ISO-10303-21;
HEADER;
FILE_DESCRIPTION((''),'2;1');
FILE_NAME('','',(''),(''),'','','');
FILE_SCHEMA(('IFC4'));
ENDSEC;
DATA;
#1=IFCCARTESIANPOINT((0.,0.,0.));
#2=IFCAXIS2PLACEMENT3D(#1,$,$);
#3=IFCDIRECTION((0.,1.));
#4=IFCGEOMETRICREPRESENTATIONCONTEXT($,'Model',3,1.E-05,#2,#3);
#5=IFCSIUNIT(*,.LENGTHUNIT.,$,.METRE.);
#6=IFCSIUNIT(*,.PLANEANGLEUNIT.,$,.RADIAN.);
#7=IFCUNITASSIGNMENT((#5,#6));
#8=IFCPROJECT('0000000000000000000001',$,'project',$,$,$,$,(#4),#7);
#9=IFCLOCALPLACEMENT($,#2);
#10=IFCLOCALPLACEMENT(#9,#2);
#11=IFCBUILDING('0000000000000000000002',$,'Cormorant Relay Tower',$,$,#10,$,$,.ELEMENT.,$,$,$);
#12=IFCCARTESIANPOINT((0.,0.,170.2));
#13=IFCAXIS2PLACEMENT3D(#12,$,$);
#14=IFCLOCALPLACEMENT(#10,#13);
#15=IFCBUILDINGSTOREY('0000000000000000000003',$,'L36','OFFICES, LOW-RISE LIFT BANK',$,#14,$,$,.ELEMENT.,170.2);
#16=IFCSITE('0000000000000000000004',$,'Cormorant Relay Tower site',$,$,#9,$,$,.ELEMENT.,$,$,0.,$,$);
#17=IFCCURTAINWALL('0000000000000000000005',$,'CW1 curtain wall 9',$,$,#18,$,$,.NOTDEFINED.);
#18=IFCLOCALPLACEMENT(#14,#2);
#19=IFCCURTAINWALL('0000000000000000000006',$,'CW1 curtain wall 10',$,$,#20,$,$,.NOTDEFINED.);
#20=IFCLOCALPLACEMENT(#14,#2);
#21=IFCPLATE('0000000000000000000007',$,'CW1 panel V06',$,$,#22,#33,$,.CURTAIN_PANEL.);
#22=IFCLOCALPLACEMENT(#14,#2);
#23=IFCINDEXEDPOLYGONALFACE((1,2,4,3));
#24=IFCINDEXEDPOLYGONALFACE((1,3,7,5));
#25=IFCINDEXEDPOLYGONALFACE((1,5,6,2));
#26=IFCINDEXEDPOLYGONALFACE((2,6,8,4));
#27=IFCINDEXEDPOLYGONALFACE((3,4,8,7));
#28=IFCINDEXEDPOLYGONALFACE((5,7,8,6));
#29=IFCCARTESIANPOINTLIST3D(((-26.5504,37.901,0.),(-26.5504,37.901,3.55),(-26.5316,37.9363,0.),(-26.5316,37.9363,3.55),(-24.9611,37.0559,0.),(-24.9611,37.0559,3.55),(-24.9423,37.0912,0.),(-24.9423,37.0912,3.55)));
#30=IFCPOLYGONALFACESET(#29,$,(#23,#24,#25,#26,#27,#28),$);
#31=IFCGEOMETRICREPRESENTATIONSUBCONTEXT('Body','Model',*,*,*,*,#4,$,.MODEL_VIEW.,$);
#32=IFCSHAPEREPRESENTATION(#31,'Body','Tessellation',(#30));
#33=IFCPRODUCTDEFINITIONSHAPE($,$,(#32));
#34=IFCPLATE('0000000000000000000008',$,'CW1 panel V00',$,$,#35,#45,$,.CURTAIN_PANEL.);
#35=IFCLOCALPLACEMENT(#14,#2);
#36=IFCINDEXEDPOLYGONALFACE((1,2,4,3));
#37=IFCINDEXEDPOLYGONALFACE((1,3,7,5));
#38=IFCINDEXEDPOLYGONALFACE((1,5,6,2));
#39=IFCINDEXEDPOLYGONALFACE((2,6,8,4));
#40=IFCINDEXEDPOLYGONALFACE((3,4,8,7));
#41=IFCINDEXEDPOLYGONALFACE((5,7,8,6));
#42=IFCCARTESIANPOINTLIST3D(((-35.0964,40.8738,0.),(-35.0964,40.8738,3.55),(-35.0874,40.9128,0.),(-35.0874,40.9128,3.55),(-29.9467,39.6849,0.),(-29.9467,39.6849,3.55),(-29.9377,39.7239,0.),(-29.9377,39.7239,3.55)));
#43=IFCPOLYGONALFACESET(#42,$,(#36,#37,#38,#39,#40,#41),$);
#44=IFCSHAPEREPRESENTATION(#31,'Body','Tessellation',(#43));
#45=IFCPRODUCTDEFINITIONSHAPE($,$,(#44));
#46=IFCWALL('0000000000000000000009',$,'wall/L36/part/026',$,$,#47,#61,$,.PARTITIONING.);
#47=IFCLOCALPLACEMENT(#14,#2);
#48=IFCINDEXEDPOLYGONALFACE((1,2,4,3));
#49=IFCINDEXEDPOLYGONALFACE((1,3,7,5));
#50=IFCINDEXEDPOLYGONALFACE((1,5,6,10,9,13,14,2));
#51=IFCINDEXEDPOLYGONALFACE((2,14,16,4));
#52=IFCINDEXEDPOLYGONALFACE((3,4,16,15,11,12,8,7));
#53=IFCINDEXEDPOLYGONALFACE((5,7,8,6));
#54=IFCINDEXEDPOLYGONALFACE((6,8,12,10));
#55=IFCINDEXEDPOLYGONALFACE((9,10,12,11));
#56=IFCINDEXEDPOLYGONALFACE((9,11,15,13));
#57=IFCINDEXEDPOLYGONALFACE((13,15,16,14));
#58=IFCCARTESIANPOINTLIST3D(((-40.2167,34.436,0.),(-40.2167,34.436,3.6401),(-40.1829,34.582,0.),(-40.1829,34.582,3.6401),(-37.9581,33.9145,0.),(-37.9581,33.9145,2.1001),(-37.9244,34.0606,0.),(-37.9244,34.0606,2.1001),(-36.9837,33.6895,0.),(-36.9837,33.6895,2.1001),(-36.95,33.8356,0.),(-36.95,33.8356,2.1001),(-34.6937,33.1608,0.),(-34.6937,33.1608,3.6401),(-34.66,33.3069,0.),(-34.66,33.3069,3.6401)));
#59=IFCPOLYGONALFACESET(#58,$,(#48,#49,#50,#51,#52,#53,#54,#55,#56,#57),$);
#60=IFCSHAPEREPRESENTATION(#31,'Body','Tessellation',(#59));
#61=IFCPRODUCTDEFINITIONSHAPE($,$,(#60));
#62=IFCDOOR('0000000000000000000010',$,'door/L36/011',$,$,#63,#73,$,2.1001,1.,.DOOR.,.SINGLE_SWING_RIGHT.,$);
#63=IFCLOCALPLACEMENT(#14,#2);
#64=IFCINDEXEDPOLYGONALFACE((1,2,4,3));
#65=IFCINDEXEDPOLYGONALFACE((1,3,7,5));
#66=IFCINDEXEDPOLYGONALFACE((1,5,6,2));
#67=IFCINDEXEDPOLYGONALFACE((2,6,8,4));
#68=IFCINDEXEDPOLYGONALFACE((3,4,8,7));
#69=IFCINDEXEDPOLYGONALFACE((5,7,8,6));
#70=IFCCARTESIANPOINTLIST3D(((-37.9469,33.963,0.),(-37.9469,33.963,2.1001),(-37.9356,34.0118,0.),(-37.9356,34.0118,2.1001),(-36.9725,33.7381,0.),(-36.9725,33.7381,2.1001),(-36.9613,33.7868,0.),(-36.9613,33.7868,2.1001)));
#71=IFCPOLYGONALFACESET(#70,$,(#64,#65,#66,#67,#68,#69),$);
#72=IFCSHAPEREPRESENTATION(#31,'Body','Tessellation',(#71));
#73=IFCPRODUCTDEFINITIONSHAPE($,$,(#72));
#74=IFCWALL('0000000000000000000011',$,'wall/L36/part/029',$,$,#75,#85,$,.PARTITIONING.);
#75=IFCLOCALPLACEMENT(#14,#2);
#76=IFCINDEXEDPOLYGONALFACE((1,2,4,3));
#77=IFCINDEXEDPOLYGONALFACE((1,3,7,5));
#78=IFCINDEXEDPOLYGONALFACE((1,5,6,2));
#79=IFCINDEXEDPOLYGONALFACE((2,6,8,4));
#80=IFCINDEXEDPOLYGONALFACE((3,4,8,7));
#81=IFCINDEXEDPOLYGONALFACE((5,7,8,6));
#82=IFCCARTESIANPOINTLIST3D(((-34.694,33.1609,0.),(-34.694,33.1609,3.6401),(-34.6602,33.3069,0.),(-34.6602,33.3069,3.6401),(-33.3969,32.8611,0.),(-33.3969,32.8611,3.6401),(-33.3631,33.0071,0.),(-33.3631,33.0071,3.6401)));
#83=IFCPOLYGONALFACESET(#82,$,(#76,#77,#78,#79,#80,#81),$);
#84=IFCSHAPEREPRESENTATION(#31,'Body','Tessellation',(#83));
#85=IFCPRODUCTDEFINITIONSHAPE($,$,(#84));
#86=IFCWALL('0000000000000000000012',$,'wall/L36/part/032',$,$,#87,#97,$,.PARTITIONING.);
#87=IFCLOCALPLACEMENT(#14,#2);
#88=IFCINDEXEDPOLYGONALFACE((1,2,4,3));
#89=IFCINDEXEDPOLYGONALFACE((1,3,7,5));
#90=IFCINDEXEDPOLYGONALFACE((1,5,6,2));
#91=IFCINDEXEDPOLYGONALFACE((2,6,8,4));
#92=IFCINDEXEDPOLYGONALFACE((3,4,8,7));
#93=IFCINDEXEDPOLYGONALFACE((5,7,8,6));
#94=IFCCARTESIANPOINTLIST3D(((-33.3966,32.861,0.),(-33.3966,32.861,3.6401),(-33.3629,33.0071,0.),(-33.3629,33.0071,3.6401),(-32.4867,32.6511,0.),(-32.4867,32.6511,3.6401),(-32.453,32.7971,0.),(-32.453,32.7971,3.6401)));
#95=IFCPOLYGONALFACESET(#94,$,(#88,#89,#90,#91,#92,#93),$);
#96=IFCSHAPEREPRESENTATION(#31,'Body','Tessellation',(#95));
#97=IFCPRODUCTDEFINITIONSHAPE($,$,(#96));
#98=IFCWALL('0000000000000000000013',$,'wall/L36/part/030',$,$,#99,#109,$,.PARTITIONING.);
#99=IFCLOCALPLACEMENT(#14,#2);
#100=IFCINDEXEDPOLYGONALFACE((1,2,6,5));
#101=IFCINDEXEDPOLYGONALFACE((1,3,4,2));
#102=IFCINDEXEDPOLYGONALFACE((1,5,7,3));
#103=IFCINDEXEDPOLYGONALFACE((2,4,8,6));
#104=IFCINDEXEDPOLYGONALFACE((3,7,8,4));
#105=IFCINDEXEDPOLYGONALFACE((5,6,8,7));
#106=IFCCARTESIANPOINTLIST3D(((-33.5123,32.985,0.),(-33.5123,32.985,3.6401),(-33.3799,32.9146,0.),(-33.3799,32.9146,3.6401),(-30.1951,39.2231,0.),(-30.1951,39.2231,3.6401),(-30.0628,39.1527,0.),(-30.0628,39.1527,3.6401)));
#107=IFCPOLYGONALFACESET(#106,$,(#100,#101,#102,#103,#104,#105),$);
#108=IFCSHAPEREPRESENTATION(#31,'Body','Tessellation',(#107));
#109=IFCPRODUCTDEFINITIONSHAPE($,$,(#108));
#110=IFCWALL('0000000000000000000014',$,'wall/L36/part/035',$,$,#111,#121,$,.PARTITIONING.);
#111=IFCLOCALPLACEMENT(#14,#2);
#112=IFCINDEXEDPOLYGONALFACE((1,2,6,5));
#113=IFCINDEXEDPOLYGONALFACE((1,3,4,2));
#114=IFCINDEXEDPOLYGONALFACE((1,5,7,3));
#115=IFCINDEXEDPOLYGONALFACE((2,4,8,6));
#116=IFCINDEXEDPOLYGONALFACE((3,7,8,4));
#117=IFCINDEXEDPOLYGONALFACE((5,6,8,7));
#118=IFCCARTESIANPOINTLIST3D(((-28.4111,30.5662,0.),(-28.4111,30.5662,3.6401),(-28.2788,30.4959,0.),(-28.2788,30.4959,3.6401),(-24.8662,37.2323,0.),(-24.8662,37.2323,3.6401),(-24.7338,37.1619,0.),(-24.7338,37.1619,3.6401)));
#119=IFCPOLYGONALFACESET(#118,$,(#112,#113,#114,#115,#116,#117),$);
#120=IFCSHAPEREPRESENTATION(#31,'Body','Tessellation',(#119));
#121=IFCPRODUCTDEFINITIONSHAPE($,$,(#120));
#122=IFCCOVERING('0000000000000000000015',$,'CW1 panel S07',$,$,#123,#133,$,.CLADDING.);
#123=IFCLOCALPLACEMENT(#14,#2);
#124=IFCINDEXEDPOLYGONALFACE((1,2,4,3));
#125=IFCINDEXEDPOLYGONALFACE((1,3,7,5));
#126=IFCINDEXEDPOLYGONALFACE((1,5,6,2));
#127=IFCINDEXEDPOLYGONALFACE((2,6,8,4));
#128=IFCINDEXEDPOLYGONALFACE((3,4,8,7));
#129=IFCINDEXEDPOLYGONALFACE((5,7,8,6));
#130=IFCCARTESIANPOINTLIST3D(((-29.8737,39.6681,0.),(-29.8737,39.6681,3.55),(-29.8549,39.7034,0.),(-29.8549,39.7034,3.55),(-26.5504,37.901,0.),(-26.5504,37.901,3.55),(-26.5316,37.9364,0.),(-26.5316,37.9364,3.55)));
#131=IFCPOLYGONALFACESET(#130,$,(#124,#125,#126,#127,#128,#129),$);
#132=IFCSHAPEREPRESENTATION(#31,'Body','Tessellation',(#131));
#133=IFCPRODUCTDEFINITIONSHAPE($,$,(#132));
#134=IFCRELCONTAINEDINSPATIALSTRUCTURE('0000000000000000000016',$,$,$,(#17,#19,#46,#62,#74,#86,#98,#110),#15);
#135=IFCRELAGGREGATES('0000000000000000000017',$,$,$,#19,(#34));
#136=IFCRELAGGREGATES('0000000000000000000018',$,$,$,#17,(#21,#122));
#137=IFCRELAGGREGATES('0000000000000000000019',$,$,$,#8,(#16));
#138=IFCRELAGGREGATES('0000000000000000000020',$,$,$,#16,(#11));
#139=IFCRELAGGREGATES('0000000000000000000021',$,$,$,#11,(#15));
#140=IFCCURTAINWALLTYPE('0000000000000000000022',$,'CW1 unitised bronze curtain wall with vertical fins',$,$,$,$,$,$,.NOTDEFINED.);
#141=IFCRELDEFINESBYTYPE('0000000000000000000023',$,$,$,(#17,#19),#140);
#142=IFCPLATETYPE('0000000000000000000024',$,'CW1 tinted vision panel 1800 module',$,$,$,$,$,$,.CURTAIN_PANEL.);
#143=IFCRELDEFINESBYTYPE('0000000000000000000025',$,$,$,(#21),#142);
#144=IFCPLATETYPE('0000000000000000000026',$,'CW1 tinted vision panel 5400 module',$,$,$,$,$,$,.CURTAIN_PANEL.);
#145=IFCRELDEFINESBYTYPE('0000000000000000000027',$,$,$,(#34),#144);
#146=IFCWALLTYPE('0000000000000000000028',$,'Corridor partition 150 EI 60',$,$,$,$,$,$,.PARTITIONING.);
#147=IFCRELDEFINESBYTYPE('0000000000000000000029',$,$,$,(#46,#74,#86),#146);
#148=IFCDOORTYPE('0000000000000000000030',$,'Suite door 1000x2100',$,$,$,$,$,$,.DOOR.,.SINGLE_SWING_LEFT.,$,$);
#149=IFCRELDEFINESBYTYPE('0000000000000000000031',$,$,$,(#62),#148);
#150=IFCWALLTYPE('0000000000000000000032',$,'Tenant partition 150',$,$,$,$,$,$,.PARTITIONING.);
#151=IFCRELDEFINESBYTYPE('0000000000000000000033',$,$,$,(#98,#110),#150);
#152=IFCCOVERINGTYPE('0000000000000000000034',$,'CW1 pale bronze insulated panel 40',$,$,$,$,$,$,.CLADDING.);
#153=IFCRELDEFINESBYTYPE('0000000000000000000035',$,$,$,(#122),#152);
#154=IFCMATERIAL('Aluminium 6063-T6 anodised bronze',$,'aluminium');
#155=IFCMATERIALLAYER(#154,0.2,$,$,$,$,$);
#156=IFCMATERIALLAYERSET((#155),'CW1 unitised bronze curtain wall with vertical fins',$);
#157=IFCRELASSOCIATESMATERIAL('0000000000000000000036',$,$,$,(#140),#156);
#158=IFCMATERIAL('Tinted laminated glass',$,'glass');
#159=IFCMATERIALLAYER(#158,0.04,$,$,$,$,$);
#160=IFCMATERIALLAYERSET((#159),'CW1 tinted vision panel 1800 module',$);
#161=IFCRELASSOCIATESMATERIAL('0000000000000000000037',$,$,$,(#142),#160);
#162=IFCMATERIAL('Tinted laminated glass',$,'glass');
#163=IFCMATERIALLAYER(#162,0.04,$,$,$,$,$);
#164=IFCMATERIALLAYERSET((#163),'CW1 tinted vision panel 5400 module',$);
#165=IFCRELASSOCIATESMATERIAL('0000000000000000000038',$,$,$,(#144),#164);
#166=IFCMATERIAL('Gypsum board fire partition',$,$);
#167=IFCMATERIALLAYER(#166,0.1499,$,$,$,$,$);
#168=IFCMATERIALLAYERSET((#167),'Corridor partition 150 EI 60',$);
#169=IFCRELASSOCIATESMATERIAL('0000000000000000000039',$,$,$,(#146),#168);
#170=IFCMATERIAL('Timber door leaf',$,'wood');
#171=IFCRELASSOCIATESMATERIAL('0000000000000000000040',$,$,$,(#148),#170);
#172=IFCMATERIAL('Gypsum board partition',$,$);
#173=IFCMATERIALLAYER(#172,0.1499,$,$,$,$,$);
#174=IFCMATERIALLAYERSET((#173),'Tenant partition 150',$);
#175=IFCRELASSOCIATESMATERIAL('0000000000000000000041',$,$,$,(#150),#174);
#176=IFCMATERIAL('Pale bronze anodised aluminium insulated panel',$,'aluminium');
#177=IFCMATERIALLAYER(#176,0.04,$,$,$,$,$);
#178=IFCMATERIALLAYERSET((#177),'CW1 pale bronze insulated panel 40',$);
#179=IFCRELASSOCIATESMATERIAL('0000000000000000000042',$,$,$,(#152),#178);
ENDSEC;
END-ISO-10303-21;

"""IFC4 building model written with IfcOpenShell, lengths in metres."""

from ifc_helpers import new_model, si_unit, direction, frame, frame_2d, origin, origin_2d, place, context, subcontext, project, spatial, rectangle, extrude, material, layer, layer_set, type_object, element, fill, aggregate, save


model = new_model("IFC4")

# Units and contexts
model_context = context("Model", 3, precision=1e-05, world=origin(), true_north=direction((0.0, 1.0)))
body_context = subcontext(model_context, "Body", "Model", "MODEL_VIEW")
ifc_project = project(units=[si_unit("LENGTHUNIT", "METRE"), si_unit("PLANEANGLEUNIT", "RADIAN")], contexts=[model_context])

# Site, building, storey
site_placement = place(None, origin())
site = spatial("IfcSite", under=ifc_project, at=site_placement, Name="Cormorant Relay Tower site", CompositionType="ELEMENT", RefElevation=0.0)
building_placement = place(site_placement, origin())
building = spatial("IfcBuilding", under=site, at=building_placement, Name="Cormorant Relay Tower", CompositionType="ELEMENT")
storey_placement = place(building_placement, frame((0.0, 0.0, 170.2)))
storey = spatial("IfcBuildingStorey", under=building, at=storey_placement, Name="L36", Description="OFFICES, LOW-RISE LIFT BANK", CompositionType="ELEMENT", Elevation=170.2)

# Curtain wall
ifc_material_1 = material(Name="Aluminium 6063-T6 anodised bronze", Category="aluminium")
ifc_layer_1 = layer(ifc_material_1, 0.2)
ifc_layer_set_1 = layer_set([ifc_layer_1], Name="CW1 unitised bronze curtain wall with vertical fins")
curtain_wall_type = type_object("IfcCurtainWallType", Name="CW1 unitised bronze curtain wall with vertical fins", PredefinedType="NOTDEFINED", material=ifc_layer_set_1)
curtain_wall_1_placement = place(storey_placement, origin())
curtain_wall_1 = element("IfcCurtainWall", 1, at=curtain_wall_1_placement, inside=storey, type_object=curtain_wall_type, Name="CW1 curtain wall 9", PredefinedType="NOTDEFINED")

# Curtain wall
curtain_wall_2_placement = place(storey_placement, origin())
curtain_wall_2 = element("IfcCurtainWall", 2, at=curtain_wall_2_placement, inside=storey, type_object=curtain_wall_type, Name="CW1 curtain wall 10", PredefinedType="NOTDEFINED")

# Plates
ifc_material_2 = material(Name="Tinted laminated glass", Category="glass")
ifc_layer_2 = layer(ifc_material_2, 0.04)
ifc_layer_set_2 = layer_set([ifc_layer_2], Name="CW1 tinted vision panel 1800 module")
plate_type_1 = type_object("IfcPlateType", Name="CW1 tinted vision panel 1800 module", PredefinedType="CURTAIN_PANEL", material=ifc_layer_set_2)
plate_1_placement = place(storey_placement, frame((-25.7463, 37.4961, 0.0), z_axis=(0.0, 0.0, 1.0), x_axis=(-0.882948, 0.469472, 0.0)))
plate_1 = element("IfcPlate", 3, at=plate_1_placement, type_object=plate_type_1, Name="CW1 panel V06", PredefinedType="CURTAIN_PANEL", context=body_context, shape_type="SweptSolid", body=[
    extrude(rectangle(XDim=1.8, YDim=0.04, at=origin_2d()), origin(), (0.0, 0.0, 1.0), 3.55),
])
ifc_material_3 = material(Name="Tinted laminated glass", Category="glass")
ifc_layer_3 = layer(ifc_material_3, 0.04)
ifc_layer_set_3 = layer_set([ifc_layer_3], Name="CW1 tinted vision panel 5400 module")
plate_type_2 = type_object("IfcPlateType", Name="CW1 tinted vision panel 5400 module", PredefinedType="CURTAIN_PANEL", material=ifc_layer_set_3)
plate_2_placement = place(storey_placement, frame((-32.5171, 40.2988, 0.0), z_axis=(0.0, 0.0, 1.0), x_axis=(-0.97437, 0.224951, 0.0)))
plate_2 = element("IfcPlate", 4, at=plate_2_placement, type_object=plate_type_2, Name="CW1 panel V00", PredefinedType="CURTAIN_PANEL", context=body_context, shape_type="SweptSolid", body=[
    extrude(rectangle(XDim=5.2852, YDim=0.04, at=origin_2d()), origin(), (0.0, 0.0, 1.0), 3.55),
])
aggregate(curtain_wall_2, [plate_2])

# Wall, opening, door
ifc_material_4 = material(Name="Gypsum board fire partition")
ifc_layer_4 = layer(ifc_material_4, 0.1499)
ifc_layer_set_4 = layer_set([ifc_layer_4], Name="Corridor partition 150 EI 60")
wall_type_1 = type_object("IfcWallType", Name="Corridor partition 150 EI 60", PredefinedType="PARTITIONING", material=ifc_layer_set_4)
wall_1_placement = place(storey_placement, frame((-34.677, 33.2339, 0.0), z_axis=(0.0, 0.0, 1.0), x_axis=(-0.974367, 0.224963, 0.0)))
wall_1 = element("IfcWall", 5, at=wall_1_placement, inside=storey, type_object=wall_type_1, Name="wall/L36/part/026", PredefinedType="PARTITIONING", context=body_context, shape_type="SweptSolid", body=[
    extrude(rectangle(XDim=5.6682, YDim=0.1499, at=frame_2d((2.834, 0.0))), origin(), (0.0, 0.0, 1.0), 3.6401),
])
opening_placement = place(wall_1_placement, frame((2.3501, 0.0, 0.0)))
opening = element("IfcOpeningElement", 6, at=opening_placement, cuts=wall_1, PredefinedType="OPENING", context=body_context, shape_type="SweptSolid", body=[
    extrude(rectangle(XDim=1.0, YDim=2.1001, at=frame_2d((0.5, 1.05))), frame((0.0, 0.085, 0.0), z_axis=(0.0, -1.0, 0.0), x_axis=(1.0, 0.0, 0.0)), (0.0, 0.0, 1.0), 0.1699),
])
ifc_material_5 = material(Name="Timber door leaf", Category="wood")
door_type = type_object("IfcDoorType", Name="Suite door 1000x2100", OperationType="SINGLE_SWING_LEFT", PredefinedType="DOOR", material=ifc_material_5)
door_placement = place(opening_placement, frame((1.0, 0.0, 0.0), z_axis=(0.0, 0.0, 1.0), x_axis=(-1.0, 0.0, 0.0)))
door = element("IfcDoor", 7, at=door_placement, inside=storey, type_object=door_type, Name="door/L36/011", OperationType="SINGLE_SWING_RIGHT", OverallHeight=2.1001, OverallWidth=1.0, PredefinedType="DOOR", context=body_context, shape_type="SweptSolid", body=[
    extrude(rectangle(XDim=1.0, YDim=2.1001, at=frame_2d((0.5, 1.05))), frame((0.0, 0.0249, 0.0), z_axis=(0.0, -1.0, 0.0), x_axis=(1.0, 0.0, 0.0)), (0.0, 0.0, 1.0), 0.05),
])
fill(opening, door)

# Walls
wall_2_placement = place(storey_placement, frame((-34.677, 33.2339, 0.0), z_axis=(0.0, 0.0, 1.0), x_axis=(0.974314, -0.225194, 0.0)))
element("IfcWall", 8, at=wall_2_placement, inside=storey, type_object=wall_type_1, Name="wall/L36/part/029", PredefinedType="PARTITIONING", context=body_context, shape_type="SweptSolid", body=[
    extrude(rectangle(XDim=1.3313, YDim=0.1499, at=frame_2d((0.6655, 0.0))), origin(), (0.0, 0.0, 1.0), 3.6401),
])
wall_3_placement = place(storey_placement, frame((-32.47, 32.7241, 0.0), z_axis=(0.0, 0.0, 1.0), x_axis=(-0.974396, 0.22484, 0.0)))
element("IfcWall", 9, at=wall_3_placement, inside=storey, type_object=wall_type_1, Name="wall/L36/part/032", PredefinedType="PARTITIONING", context=body_context, shape_type="SweptSolid", body=[
    extrude(rectangle(XDim=0.9338, YDim=0.1499, at=frame_2d((0.4668, 0.0))), origin(), (0.0, 0.0, 1.0), 3.6401),
])
ifc_material_6 = material(Name="Gypsum board partition")
ifc_layer_5 = layer(ifc_material_6, 0.1499)
ifc_layer_set_5 = layer_set([ifc_layer_5], Name="Tenant partition 150")
wall_type_2 = type_object("IfcWallType", Name="Tenant partition 150", PredefinedType="PARTITIONING", material=ifc_layer_set_5)
wall_4_placement = place(storey_placement, frame((-30.1289, 39.188, 0.0), z_axis=(0.0, 0.0, 1.0), x_axis=(-0.469506, -0.882929, 0.0)))
element("IfcWall", 10, at=wall_4_placement, inside=storey, type_object=wall_type_2, Name="wall/L36/part/030", PredefinedType="PARTITIONING", context=body_context, shape_type="SweptSolid", body=[
    extrude(rectangle(XDim=7.0652, YDim=0.1499, at=frame_2d((3.5327, 0.0))), origin(), (0.0, 0.0, 1.0), 3.6401),
])
wall_5_placement = place(storey_placement, frame((-24.8, 37.197, 0.0), z_axis=(0.0, 0.0, 1.0), x_axis=(-0.469527, -0.882918, 0.0)))
element("IfcWall", 11, at=wall_5_placement, inside=storey, type_object=wall_type_2, Name="wall/L36/part/035", PredefinedType="PARTITIONING", context=body_context, shape_type="SweptSolid", body=[
    extrude(rectangle(XDim=7.55, YDim=0.1499, at=frame_2d((3.7749, 0.0))), origin(), (0.0, 0.0, 1.0), 3.6401),
])

# Covering
ifc_material_7 = material(Name="Pale bronze anodised aluminium insulated panel", Category="aluminium")
ifc_layer_6 = layer(ifc_material_7, 0.04)
ifc_layer_set_6 = layer_set([ifc_layer_6], Name="CW1 pale bronze insulated panel 40")
covering_type = type_object("IfcCoveringType", Name="CW1 pale bronze insulated panel 40", PredefinedType="CLADDING", material=ifc_layer_set_6)
covering_placement = place(storey_placement, frame((-28.2026, 38.8022, 0.0), z_axis=(0.0, 0.0, 1.0), x_axis=(-0.882948, 0.469472, 0.0)))
covering = element("IfcCovering", 12, at=covering_placement, type_object=covering_type, Name="CW1 panel S07", PredefinedType="CLADDING", context=body_context, shape_type="SweptSolid", body=[
    extrude(rectangle(XDim=3.7639, YDim=0.04, at=origin_2d()), origin(), (0.0, 0.0, 1.0), 3.55),
])
aggregate(curtain_wall_1, [plate_1, covering])

save(model, "model.ifc")
